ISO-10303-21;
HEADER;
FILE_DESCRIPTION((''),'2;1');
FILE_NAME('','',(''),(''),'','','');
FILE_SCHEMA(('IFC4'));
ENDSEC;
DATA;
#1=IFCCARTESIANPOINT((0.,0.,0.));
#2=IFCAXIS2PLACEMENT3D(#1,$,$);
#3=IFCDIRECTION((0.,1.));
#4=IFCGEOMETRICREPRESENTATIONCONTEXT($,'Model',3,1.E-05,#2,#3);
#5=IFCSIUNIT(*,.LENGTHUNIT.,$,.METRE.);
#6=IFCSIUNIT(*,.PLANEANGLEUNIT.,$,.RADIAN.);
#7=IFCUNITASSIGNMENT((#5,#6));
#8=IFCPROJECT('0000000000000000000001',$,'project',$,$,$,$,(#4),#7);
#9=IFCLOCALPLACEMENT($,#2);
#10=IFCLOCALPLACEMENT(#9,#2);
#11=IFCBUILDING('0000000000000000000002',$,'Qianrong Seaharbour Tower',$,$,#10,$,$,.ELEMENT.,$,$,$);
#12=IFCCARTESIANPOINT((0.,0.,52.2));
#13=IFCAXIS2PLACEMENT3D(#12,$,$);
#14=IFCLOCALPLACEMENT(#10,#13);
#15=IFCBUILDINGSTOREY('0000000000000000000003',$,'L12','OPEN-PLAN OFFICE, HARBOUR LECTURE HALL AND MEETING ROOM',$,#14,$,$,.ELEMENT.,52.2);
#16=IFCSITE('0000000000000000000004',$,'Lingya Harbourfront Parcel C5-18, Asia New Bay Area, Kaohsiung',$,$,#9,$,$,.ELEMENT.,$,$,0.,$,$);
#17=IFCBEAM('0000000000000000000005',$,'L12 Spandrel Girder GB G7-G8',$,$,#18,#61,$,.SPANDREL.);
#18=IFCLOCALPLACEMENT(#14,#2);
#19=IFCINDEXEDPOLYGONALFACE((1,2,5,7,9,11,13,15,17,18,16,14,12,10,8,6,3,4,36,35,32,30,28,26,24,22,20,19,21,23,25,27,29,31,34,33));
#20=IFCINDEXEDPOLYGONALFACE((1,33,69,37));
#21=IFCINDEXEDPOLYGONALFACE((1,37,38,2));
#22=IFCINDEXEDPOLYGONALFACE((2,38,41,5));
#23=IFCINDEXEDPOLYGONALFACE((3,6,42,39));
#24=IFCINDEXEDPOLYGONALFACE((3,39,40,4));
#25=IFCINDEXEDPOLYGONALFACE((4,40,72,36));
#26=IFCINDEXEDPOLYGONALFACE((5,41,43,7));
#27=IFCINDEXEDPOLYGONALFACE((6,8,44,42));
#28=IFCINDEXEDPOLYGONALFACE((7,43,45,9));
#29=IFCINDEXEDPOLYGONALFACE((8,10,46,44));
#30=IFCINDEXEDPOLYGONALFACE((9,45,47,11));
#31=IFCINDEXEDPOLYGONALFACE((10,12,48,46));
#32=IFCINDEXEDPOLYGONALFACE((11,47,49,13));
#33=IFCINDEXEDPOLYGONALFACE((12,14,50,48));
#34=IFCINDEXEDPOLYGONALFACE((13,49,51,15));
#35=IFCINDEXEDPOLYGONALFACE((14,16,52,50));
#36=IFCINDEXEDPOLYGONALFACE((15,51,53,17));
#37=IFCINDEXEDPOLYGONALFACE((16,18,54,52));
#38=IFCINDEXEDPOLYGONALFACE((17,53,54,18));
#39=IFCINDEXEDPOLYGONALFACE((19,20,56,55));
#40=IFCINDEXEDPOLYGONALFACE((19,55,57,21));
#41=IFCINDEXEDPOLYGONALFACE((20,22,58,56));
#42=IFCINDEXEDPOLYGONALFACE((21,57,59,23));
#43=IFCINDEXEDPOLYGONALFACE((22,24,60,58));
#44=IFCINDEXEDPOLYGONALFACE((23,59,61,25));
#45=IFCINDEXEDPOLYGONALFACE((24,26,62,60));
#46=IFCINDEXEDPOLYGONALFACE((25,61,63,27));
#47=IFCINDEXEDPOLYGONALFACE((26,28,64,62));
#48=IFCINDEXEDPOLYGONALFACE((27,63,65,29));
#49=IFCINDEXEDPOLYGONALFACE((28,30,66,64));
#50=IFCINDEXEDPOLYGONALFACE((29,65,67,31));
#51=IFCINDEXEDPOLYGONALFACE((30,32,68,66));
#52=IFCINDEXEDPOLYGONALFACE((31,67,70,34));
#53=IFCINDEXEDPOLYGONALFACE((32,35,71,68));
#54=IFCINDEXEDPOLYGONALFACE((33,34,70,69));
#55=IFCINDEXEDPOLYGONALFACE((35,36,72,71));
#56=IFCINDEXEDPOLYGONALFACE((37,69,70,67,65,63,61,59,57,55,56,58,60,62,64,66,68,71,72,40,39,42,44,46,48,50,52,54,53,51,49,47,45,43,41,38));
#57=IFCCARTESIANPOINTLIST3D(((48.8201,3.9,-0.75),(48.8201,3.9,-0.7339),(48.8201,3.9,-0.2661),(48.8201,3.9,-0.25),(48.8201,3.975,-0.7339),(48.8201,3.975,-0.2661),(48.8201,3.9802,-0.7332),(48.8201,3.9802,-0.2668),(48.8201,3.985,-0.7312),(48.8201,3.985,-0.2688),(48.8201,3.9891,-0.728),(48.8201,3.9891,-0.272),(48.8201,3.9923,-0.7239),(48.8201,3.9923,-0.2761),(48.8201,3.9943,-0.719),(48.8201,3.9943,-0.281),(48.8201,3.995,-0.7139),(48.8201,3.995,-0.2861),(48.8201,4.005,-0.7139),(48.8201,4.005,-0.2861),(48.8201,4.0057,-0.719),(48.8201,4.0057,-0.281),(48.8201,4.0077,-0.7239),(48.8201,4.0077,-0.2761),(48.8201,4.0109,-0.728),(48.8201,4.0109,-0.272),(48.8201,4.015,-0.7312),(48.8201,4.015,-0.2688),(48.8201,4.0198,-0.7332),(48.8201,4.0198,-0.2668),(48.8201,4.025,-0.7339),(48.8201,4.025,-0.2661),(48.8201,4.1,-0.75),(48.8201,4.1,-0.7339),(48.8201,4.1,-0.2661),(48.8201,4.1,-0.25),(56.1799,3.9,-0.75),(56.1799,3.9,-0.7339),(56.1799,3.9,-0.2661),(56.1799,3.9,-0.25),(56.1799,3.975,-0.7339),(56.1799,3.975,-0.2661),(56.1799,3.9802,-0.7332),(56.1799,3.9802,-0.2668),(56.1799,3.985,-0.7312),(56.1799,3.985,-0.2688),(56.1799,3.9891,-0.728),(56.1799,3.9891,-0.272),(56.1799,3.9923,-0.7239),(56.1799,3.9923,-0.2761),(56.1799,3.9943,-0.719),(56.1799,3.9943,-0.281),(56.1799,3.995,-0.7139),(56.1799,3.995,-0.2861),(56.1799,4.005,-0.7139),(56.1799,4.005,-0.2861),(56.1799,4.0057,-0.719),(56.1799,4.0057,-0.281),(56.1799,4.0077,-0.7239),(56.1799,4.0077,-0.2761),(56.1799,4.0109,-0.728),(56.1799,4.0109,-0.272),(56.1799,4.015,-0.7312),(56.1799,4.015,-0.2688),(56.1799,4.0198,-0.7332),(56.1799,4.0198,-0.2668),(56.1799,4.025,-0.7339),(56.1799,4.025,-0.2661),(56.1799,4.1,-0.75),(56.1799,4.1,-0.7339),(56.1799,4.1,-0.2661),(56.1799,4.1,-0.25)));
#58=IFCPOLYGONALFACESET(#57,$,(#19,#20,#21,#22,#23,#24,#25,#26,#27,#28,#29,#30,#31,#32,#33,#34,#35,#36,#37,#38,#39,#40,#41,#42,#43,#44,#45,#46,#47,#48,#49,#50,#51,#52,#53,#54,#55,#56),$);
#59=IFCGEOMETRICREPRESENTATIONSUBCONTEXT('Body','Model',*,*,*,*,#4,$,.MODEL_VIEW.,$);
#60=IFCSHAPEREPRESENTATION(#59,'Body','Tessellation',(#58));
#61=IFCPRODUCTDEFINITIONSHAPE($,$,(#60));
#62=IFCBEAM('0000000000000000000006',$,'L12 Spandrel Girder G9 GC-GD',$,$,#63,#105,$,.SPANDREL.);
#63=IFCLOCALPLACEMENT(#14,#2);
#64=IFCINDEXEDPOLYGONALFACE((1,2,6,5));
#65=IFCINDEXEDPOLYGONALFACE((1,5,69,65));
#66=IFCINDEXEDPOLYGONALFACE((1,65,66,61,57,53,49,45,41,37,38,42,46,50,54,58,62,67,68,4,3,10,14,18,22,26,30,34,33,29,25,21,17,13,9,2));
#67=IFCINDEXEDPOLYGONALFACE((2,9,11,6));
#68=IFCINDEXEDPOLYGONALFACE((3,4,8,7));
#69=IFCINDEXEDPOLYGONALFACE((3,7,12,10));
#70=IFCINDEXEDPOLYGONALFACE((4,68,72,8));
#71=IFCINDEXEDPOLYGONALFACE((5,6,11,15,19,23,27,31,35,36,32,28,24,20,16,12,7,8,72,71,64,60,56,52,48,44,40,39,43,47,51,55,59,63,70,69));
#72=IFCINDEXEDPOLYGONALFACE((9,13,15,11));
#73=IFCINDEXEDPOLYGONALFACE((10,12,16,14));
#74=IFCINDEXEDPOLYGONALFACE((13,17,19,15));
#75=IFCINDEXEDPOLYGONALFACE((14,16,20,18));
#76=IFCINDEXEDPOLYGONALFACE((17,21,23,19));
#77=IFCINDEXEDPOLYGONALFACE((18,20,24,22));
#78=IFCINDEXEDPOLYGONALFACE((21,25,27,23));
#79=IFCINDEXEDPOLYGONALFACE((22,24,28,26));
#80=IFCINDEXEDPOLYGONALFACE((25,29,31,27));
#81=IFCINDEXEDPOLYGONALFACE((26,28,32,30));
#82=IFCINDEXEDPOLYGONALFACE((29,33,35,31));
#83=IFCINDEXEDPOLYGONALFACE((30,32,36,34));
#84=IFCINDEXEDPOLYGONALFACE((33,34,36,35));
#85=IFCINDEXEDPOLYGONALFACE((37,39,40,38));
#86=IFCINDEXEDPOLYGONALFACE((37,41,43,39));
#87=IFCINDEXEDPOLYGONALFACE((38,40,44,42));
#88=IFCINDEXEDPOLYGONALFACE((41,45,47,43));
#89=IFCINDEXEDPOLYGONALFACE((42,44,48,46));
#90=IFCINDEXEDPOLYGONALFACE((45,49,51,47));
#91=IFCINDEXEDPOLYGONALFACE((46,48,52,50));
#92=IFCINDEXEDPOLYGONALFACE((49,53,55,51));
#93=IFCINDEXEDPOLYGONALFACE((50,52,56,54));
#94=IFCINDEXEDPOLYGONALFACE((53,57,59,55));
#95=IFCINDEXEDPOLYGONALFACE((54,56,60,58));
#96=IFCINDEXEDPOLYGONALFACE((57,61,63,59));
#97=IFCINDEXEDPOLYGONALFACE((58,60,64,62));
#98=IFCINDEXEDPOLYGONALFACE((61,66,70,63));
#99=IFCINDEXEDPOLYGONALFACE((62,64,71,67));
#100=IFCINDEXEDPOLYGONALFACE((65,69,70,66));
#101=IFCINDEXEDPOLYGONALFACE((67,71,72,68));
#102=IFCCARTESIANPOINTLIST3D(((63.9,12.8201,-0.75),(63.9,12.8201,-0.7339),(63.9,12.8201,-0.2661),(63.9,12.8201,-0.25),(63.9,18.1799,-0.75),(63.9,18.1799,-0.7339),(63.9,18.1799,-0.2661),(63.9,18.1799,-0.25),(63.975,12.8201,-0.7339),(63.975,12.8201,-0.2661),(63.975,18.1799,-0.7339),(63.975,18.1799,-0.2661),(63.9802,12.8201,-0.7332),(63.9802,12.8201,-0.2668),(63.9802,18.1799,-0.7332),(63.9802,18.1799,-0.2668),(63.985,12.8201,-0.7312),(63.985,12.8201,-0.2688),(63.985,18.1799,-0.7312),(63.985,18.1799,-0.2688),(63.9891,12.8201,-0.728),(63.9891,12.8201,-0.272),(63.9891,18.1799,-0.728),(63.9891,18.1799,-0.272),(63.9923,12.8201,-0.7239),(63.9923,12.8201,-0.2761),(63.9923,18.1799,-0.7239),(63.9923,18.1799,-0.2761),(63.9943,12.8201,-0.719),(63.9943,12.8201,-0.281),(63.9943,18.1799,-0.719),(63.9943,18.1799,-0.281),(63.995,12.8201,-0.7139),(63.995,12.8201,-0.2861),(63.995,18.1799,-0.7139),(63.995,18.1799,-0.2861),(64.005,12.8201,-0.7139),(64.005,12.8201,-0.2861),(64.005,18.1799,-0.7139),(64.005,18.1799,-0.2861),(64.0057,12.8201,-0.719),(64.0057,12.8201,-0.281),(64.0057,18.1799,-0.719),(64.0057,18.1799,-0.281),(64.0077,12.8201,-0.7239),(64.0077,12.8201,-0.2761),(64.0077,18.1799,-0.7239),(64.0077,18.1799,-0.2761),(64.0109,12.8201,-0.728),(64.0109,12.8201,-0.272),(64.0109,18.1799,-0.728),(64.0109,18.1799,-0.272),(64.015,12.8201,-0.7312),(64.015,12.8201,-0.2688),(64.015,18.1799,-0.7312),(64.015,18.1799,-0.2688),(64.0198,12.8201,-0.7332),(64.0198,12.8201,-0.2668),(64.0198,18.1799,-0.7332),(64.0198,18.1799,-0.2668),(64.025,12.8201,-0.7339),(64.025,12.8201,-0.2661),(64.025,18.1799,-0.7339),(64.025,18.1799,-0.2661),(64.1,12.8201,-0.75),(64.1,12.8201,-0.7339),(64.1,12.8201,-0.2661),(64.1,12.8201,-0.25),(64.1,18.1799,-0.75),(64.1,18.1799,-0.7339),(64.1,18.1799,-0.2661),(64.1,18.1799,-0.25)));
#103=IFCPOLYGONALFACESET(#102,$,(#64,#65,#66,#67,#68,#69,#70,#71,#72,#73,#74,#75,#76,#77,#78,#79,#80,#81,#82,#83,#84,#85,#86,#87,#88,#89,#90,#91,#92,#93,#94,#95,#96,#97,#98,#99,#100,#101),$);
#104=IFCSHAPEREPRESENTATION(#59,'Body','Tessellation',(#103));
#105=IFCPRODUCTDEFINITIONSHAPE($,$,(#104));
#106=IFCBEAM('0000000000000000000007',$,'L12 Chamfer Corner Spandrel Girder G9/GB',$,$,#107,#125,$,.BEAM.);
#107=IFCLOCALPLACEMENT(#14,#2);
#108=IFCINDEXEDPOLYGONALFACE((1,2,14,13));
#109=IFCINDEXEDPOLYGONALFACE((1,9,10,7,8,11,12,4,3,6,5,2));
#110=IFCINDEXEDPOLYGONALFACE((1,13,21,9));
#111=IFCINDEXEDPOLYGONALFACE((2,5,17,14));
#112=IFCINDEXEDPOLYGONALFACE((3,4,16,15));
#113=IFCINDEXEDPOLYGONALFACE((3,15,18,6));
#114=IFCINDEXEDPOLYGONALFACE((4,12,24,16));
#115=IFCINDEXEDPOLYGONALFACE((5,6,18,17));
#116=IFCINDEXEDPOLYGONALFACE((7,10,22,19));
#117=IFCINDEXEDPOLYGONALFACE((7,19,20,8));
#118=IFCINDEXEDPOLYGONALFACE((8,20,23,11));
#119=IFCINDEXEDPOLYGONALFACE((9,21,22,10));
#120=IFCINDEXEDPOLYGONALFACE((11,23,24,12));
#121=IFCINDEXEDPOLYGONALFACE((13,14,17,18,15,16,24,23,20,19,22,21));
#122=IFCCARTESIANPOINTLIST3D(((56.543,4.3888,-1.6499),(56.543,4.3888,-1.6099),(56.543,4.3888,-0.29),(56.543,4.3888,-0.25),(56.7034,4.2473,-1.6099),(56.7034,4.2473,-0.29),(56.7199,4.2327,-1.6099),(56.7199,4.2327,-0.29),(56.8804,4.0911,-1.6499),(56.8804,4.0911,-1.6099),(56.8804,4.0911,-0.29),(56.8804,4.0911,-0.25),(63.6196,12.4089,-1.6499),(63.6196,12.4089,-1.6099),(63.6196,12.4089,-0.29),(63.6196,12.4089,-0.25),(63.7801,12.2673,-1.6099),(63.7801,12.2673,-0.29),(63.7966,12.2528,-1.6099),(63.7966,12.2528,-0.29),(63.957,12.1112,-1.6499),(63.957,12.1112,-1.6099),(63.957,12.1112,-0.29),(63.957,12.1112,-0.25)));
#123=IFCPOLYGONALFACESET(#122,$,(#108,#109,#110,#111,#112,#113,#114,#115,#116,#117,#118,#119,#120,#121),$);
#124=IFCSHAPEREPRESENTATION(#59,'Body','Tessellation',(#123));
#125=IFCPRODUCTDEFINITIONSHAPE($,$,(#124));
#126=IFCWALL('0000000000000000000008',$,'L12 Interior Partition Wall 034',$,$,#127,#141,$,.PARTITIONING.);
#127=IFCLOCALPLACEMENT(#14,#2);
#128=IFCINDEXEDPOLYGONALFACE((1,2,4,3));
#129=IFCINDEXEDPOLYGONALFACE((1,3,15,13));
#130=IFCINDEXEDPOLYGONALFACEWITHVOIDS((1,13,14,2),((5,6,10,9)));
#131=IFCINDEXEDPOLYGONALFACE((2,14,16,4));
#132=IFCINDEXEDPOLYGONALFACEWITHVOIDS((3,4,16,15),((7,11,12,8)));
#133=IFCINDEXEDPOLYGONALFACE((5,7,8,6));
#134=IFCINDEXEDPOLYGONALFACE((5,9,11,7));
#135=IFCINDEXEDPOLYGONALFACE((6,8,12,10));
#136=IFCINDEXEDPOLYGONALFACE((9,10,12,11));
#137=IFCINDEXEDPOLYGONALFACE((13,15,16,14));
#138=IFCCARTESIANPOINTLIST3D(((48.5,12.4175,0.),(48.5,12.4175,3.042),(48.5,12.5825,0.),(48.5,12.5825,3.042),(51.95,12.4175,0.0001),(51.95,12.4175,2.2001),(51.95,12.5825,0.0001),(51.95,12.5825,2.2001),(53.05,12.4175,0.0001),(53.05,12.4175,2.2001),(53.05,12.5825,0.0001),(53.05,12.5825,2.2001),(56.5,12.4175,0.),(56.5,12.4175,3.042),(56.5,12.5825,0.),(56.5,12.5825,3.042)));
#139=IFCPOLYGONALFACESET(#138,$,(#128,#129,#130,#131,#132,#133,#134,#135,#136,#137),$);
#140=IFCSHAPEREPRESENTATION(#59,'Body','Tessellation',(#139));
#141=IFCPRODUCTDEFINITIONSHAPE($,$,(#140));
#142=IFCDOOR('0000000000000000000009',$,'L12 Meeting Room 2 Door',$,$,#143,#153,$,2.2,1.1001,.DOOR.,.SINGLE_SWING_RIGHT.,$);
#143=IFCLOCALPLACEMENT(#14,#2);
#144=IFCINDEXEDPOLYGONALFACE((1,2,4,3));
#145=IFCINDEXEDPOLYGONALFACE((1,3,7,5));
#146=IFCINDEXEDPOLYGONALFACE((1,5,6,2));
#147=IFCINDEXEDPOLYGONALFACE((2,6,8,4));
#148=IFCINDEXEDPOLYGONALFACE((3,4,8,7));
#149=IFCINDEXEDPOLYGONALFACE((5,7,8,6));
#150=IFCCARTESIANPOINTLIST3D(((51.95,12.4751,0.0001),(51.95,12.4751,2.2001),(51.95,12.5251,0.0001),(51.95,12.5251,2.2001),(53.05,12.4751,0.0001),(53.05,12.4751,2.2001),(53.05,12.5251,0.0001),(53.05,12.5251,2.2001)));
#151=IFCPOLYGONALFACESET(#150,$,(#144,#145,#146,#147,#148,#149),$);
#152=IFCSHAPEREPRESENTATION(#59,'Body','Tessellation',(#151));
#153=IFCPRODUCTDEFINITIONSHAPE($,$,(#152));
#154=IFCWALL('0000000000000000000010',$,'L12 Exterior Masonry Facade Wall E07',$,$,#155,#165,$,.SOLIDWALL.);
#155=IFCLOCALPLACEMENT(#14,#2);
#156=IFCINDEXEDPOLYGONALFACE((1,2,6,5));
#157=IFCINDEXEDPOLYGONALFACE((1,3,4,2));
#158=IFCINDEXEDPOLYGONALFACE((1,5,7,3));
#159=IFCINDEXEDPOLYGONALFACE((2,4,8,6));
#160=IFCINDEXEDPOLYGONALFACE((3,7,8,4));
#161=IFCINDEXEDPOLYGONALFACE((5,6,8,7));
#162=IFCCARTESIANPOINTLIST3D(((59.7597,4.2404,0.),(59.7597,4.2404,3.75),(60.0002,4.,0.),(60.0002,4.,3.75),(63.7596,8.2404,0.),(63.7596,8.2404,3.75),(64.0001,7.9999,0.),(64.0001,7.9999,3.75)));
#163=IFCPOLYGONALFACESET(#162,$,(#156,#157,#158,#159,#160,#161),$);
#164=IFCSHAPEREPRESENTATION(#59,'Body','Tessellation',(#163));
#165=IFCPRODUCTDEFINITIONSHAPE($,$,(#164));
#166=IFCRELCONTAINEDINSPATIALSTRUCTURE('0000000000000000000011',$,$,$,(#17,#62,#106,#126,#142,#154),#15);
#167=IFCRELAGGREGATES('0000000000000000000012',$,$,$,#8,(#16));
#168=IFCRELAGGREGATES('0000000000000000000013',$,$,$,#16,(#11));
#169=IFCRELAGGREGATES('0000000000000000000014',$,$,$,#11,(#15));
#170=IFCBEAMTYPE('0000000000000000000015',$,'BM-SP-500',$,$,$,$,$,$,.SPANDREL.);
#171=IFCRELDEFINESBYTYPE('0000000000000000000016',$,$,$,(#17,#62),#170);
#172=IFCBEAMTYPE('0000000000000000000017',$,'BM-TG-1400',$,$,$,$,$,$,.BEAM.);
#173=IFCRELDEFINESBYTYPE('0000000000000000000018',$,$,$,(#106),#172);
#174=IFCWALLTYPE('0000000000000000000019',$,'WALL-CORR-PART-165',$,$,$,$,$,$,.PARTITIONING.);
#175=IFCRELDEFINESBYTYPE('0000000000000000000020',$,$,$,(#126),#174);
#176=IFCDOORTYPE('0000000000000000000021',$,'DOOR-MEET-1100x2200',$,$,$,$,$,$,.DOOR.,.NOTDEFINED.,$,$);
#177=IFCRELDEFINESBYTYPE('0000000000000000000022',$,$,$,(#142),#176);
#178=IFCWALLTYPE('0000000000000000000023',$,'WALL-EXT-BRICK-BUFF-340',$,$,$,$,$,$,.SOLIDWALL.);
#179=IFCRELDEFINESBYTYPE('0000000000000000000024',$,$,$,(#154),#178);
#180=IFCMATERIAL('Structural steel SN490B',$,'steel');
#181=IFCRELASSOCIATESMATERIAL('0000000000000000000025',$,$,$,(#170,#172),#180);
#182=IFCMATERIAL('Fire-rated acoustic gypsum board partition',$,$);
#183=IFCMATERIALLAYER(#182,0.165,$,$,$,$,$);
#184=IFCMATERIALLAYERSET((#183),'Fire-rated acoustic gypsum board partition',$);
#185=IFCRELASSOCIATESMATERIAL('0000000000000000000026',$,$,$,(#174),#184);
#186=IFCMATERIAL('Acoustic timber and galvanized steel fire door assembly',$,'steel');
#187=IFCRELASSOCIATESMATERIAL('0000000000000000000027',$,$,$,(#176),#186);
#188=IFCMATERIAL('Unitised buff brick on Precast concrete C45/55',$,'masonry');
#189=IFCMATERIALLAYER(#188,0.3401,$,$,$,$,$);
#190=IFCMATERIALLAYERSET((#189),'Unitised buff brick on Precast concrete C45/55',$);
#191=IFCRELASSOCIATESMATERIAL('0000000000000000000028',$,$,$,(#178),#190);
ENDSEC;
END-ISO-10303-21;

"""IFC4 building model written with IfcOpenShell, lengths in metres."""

from ifc_helpers import new_model, si_unit, direction, frame, frame_2d, origin, origin_2d, place, context, subcontext, project, spatial, rectangle, i_section, extrude, material, layer, layer_set, material_profile, profile_set, type_object, element, fill, save


model = new_model("IFC4")

# Units and contexts
model_context = context("Model", 3, precision=1e-05, world=origin(), true_north=direction((0.0, 1.0)))
body_context = subcontext(model_context, "Body", "Model", "MODEL_VIEW")
ifc_project = project(units=[si_unit("LENGTHUNIT", "METRE"), si_unit("PLANEANGLEUNIT", "RADIAN")], contexts=[model_context])

# Site, building, storey
site_placement = place(None, origin())
site = spatial("IfcSite", under=ifc_project, at=site_placement, Name="Lingya Harbourfront Parcel C5-18, Asia New Bay Area, Kaohsiung", CompositionType="ELEMENT", RefElevation=0.0)
building_placement = place(site_placement, origin())
building = spatial("IfcBuilding", under=site, at=building_placement, Name="Qianrong Seaharbour Tower", CompositionType="ELEMENT")
storey_placement = place(building_placement, frame((0.0, 0.0, 52.2)))
storey = spatial("IfcBuildingStorey", under=building, at=storey_placement, Name="L12", Description="OPEN-PLAN OFFICE, HARBOUR LECTURE HALL AND MEETING ROOM", CompositionType="ELEMENT", Elevation=52.2)

# Shared definitions
ifc_material_1 = material(Name="Structural steel SN490B", Category="steel")

# Beams
ifc_material_profile_1 = material_profile(ifc_material_1, i_section(OverallWidth=0.2, OverallDepth=0.5, WebThickness=0.01, FlangeThickness=0.0161, FilletRadius=0.02, at=origin_2d()), Name="H500x200x10x16")
ifc_profile_set_1 = profile_set([ifc_material_profile_1], Name="Structural steel SN490B")
beam_type_1 = type_object("IfcBeamType", Name="BM-SP-500", PredefinedType="SPANDREL", material=ifc_profile_set_1)
beam_1_placement = place(storey_placement, frame((48.8201, 4.0, -0.5), z_axis=(1.0, 0.0, 0.0), x_axis=(0.0, 1.0, 0.0)))
element("IfcBeam", 1, at=beam_1_placement, inside=storey, type_object=beam_type_1, Name="L12 Spandrel Girder GB G7-G8", PredefinedType="SPANDREL", context=body_context, shape_type="SweptSolid", body=[
    extrude(i_section(OverallWidth=0.2, OverallDepth=0.5, WebThickness=0.01, FlangeThickness=0.0161, FilletRadius=0.02, at=origin_2d()), origin(), (0.0, 0.0, 1.0), 7.3599),
])
beam_2_placement = place(storey_placement, frame((64.0, 12.8201, -0.5), z_axis=(0.0, 1.0, 0.0), x_axis=(-1.0, 0.0, 0.0)))
element("IfcBeam", 2, at=beam_2_placement, inside=storey, type_object=beam_type_1, Name="L12 Spandrel Girder G9 GC-GD", PredefinedType="SPANDREL", context=body_context, shape_type="SweptSolid", body=[
    extrude(i_section(OverallWidth=0.2, OverallDepth=0.5, WebThickness=0.01, FlangeThickness=0.0161, FilletRadius=0.02, at=origin_2d()), origin(), (0.0, 0.0, 1.0), 5.3599),
])
ifc_material_profile_2 = material_profile(ifc_material_1, i_section(OverallWidth=0.45, OverallDepth=1.3999, WebThickness=0.022, FlangeThickness=0.04, at=origin_2d()), Name="BH1400x450x22x40")
ifc_profile_set_2 = profile_set([ifc_material_profile_2], Name="Structural steel SN490B")
beam_type_2 = type_object("IfcBeamType", Name="BM-TG-1400", PredefinedType="BEAM", material=ifc_profile_set_2)
beam_3_placement = place(storey_placement, frame((56.7117, 4.24, -0.95), z_axis=(0.661631, 0.74983, 0.0), x_axis=(-0.74983, 0.661631, 0.0)))
element("IfcBeam", 3, at=beam_3_placement, inside=storey, type_object=beam_type_2, Name="L12 Chamfer Corner Spandrel Girder G9/GB", PredefinedType="BEAM", context=body_context, shape_type="SweptSolid", body=[
    extrude(i_section(OverallWidth=0.45, OverallDepth=1.3999, WebThickness=0.022, FlangeThickness=0.04, at=origin_2d()), origin(), (0.0, 0.0, 1.0), 10.6958),
])

# Wall, opening, door
ifc_material_2 = material(Name="Fire-rated acoustic gypsum board partition")
ifc_layer_1 = layer(ifc_material_2, 0.165)
ifc_layer_set_1 = layer_set([ifc_layer_1], Name="Fire-rated acoustic gypsum board partition")
wall_type_1 = type_object("IfcWallType", Name="WALL-CORR-PART-165", PredefinedType="PARTITIONING", material=ifc_layer_set_1)
wall_1_placement = place(storey_placement, frame((56.5, 12.5, 0.0), z_axis=(0.0, 0.0, 1.0), x_axis=(-1.0, 0.0, 0.0)))
wall_1 = element("IfcWall", 4, at=wall_1_placement, inside=storey, type_object=wall_type_1, Name="L12 Interior Partition Wall 034", PredefinedType="PARTITIONING", context=body_context, shape_type="SweptSolid", body=[
    extrude(rectangle(XDim=8.0, YDim=0.165, at=frame_2d((4.0, 0.0))), origin(), (0.0, 0.0, 1.0), 3.042),
])
opening_1_placement = place(wall_1_placement, frame((3.45, 0.0, 0.0)))
opening_1 = element("IfcOpeningElement", 5, at=opening_1_placement, cuts=wall_1, PredefinedType="OPENING", context=body_context, shape_type="SweptSolid", body=[
    extrude(rectangle(XDim=1.1001, YDim=2.2, at=frame_2d((0.55, 1.1001))), frame((0.0, 0.0925, 0.0), z_axis=(0.0, -1.0, 0.0), x_axis=(1.0, 0.0, 0.0)), (0.0, 0.0, 1.0), 0.1851),
])
ifc_material_3 = material(Name="Acoustic timber and galvanized steel fire door assembly", Category="steel")
door_type_1 = type_object("IfcDoorType", Name="DOOR-MEET-1100x2200", OperationType="NOTDEFINED", PredefinedType="DOOR", material=ifc_material_3)
door_1_placement = place(opening_1_placement, origin())
door_1 = element("IfcDoor", 6, at=door_1_placement, inside=storey, type_object=door_type_1, Name="L12 Meeting Room 2 Door", OperationType="SINGLE_SWING_RIGHT", OverallHeight=2.2, OverallWidth=1.1001, PredefinedType="DOOR", context=body_context, shape_type="SweptSolid", body=[
    extrude(rectangle(XDim=1.1001, YDim=2.2, at=frame_2d((0.55, 1.1001))), frame((0.0, 0.0249, 0.0), z_axis=(0.0, -1.0, 0.0), x_axis=(1.0, 0.0, 0.0)), (0.0, 0.0, 1.0), 0.05),
])
fill(opening_1, door_1)

# Wall
ifc_material_4 = material(Name="Unitised buff brick on Precast concrete C45/55", Category="masonry")
ifc_layer_2 = layer(ifc_material_4, 0.3401)
ifc_layer_set_2 = layer_set([ifc_layer_2], Name="Unitised buff brick on Precast concrete C45/55")
wall_type_2 = type_object("IfcWallType", Name="WALL-EXT-BRICK-BUFF-340", PredefinedType="SOLIDWALL", material=ifc_layer_set_2)
wall_2_placement = place(storey_placement, frame((63.8799, 8.1201, 0.0), z_axis=(0.0, 0.0, 1.0), x_axis=(-0.707107, -0.707107, 0.0)))
element("IfcWall", 7, at=wall_2_placement, inside=storey, type_object=wall_type_2, Name="L12 Exterior Masonry Facade Wall E07", PredefinedType="SOLIDWALL", context=body_context, shape_type="SweptSolid", body=[
    extrude(rectangle(XDim=5.6567, YDim=0.3401, at=frame_2d((2.8284, 0.0))), origin(), (0.0, 0.0, 1.0), 3.75),
])

save(model, "model.ifc")
